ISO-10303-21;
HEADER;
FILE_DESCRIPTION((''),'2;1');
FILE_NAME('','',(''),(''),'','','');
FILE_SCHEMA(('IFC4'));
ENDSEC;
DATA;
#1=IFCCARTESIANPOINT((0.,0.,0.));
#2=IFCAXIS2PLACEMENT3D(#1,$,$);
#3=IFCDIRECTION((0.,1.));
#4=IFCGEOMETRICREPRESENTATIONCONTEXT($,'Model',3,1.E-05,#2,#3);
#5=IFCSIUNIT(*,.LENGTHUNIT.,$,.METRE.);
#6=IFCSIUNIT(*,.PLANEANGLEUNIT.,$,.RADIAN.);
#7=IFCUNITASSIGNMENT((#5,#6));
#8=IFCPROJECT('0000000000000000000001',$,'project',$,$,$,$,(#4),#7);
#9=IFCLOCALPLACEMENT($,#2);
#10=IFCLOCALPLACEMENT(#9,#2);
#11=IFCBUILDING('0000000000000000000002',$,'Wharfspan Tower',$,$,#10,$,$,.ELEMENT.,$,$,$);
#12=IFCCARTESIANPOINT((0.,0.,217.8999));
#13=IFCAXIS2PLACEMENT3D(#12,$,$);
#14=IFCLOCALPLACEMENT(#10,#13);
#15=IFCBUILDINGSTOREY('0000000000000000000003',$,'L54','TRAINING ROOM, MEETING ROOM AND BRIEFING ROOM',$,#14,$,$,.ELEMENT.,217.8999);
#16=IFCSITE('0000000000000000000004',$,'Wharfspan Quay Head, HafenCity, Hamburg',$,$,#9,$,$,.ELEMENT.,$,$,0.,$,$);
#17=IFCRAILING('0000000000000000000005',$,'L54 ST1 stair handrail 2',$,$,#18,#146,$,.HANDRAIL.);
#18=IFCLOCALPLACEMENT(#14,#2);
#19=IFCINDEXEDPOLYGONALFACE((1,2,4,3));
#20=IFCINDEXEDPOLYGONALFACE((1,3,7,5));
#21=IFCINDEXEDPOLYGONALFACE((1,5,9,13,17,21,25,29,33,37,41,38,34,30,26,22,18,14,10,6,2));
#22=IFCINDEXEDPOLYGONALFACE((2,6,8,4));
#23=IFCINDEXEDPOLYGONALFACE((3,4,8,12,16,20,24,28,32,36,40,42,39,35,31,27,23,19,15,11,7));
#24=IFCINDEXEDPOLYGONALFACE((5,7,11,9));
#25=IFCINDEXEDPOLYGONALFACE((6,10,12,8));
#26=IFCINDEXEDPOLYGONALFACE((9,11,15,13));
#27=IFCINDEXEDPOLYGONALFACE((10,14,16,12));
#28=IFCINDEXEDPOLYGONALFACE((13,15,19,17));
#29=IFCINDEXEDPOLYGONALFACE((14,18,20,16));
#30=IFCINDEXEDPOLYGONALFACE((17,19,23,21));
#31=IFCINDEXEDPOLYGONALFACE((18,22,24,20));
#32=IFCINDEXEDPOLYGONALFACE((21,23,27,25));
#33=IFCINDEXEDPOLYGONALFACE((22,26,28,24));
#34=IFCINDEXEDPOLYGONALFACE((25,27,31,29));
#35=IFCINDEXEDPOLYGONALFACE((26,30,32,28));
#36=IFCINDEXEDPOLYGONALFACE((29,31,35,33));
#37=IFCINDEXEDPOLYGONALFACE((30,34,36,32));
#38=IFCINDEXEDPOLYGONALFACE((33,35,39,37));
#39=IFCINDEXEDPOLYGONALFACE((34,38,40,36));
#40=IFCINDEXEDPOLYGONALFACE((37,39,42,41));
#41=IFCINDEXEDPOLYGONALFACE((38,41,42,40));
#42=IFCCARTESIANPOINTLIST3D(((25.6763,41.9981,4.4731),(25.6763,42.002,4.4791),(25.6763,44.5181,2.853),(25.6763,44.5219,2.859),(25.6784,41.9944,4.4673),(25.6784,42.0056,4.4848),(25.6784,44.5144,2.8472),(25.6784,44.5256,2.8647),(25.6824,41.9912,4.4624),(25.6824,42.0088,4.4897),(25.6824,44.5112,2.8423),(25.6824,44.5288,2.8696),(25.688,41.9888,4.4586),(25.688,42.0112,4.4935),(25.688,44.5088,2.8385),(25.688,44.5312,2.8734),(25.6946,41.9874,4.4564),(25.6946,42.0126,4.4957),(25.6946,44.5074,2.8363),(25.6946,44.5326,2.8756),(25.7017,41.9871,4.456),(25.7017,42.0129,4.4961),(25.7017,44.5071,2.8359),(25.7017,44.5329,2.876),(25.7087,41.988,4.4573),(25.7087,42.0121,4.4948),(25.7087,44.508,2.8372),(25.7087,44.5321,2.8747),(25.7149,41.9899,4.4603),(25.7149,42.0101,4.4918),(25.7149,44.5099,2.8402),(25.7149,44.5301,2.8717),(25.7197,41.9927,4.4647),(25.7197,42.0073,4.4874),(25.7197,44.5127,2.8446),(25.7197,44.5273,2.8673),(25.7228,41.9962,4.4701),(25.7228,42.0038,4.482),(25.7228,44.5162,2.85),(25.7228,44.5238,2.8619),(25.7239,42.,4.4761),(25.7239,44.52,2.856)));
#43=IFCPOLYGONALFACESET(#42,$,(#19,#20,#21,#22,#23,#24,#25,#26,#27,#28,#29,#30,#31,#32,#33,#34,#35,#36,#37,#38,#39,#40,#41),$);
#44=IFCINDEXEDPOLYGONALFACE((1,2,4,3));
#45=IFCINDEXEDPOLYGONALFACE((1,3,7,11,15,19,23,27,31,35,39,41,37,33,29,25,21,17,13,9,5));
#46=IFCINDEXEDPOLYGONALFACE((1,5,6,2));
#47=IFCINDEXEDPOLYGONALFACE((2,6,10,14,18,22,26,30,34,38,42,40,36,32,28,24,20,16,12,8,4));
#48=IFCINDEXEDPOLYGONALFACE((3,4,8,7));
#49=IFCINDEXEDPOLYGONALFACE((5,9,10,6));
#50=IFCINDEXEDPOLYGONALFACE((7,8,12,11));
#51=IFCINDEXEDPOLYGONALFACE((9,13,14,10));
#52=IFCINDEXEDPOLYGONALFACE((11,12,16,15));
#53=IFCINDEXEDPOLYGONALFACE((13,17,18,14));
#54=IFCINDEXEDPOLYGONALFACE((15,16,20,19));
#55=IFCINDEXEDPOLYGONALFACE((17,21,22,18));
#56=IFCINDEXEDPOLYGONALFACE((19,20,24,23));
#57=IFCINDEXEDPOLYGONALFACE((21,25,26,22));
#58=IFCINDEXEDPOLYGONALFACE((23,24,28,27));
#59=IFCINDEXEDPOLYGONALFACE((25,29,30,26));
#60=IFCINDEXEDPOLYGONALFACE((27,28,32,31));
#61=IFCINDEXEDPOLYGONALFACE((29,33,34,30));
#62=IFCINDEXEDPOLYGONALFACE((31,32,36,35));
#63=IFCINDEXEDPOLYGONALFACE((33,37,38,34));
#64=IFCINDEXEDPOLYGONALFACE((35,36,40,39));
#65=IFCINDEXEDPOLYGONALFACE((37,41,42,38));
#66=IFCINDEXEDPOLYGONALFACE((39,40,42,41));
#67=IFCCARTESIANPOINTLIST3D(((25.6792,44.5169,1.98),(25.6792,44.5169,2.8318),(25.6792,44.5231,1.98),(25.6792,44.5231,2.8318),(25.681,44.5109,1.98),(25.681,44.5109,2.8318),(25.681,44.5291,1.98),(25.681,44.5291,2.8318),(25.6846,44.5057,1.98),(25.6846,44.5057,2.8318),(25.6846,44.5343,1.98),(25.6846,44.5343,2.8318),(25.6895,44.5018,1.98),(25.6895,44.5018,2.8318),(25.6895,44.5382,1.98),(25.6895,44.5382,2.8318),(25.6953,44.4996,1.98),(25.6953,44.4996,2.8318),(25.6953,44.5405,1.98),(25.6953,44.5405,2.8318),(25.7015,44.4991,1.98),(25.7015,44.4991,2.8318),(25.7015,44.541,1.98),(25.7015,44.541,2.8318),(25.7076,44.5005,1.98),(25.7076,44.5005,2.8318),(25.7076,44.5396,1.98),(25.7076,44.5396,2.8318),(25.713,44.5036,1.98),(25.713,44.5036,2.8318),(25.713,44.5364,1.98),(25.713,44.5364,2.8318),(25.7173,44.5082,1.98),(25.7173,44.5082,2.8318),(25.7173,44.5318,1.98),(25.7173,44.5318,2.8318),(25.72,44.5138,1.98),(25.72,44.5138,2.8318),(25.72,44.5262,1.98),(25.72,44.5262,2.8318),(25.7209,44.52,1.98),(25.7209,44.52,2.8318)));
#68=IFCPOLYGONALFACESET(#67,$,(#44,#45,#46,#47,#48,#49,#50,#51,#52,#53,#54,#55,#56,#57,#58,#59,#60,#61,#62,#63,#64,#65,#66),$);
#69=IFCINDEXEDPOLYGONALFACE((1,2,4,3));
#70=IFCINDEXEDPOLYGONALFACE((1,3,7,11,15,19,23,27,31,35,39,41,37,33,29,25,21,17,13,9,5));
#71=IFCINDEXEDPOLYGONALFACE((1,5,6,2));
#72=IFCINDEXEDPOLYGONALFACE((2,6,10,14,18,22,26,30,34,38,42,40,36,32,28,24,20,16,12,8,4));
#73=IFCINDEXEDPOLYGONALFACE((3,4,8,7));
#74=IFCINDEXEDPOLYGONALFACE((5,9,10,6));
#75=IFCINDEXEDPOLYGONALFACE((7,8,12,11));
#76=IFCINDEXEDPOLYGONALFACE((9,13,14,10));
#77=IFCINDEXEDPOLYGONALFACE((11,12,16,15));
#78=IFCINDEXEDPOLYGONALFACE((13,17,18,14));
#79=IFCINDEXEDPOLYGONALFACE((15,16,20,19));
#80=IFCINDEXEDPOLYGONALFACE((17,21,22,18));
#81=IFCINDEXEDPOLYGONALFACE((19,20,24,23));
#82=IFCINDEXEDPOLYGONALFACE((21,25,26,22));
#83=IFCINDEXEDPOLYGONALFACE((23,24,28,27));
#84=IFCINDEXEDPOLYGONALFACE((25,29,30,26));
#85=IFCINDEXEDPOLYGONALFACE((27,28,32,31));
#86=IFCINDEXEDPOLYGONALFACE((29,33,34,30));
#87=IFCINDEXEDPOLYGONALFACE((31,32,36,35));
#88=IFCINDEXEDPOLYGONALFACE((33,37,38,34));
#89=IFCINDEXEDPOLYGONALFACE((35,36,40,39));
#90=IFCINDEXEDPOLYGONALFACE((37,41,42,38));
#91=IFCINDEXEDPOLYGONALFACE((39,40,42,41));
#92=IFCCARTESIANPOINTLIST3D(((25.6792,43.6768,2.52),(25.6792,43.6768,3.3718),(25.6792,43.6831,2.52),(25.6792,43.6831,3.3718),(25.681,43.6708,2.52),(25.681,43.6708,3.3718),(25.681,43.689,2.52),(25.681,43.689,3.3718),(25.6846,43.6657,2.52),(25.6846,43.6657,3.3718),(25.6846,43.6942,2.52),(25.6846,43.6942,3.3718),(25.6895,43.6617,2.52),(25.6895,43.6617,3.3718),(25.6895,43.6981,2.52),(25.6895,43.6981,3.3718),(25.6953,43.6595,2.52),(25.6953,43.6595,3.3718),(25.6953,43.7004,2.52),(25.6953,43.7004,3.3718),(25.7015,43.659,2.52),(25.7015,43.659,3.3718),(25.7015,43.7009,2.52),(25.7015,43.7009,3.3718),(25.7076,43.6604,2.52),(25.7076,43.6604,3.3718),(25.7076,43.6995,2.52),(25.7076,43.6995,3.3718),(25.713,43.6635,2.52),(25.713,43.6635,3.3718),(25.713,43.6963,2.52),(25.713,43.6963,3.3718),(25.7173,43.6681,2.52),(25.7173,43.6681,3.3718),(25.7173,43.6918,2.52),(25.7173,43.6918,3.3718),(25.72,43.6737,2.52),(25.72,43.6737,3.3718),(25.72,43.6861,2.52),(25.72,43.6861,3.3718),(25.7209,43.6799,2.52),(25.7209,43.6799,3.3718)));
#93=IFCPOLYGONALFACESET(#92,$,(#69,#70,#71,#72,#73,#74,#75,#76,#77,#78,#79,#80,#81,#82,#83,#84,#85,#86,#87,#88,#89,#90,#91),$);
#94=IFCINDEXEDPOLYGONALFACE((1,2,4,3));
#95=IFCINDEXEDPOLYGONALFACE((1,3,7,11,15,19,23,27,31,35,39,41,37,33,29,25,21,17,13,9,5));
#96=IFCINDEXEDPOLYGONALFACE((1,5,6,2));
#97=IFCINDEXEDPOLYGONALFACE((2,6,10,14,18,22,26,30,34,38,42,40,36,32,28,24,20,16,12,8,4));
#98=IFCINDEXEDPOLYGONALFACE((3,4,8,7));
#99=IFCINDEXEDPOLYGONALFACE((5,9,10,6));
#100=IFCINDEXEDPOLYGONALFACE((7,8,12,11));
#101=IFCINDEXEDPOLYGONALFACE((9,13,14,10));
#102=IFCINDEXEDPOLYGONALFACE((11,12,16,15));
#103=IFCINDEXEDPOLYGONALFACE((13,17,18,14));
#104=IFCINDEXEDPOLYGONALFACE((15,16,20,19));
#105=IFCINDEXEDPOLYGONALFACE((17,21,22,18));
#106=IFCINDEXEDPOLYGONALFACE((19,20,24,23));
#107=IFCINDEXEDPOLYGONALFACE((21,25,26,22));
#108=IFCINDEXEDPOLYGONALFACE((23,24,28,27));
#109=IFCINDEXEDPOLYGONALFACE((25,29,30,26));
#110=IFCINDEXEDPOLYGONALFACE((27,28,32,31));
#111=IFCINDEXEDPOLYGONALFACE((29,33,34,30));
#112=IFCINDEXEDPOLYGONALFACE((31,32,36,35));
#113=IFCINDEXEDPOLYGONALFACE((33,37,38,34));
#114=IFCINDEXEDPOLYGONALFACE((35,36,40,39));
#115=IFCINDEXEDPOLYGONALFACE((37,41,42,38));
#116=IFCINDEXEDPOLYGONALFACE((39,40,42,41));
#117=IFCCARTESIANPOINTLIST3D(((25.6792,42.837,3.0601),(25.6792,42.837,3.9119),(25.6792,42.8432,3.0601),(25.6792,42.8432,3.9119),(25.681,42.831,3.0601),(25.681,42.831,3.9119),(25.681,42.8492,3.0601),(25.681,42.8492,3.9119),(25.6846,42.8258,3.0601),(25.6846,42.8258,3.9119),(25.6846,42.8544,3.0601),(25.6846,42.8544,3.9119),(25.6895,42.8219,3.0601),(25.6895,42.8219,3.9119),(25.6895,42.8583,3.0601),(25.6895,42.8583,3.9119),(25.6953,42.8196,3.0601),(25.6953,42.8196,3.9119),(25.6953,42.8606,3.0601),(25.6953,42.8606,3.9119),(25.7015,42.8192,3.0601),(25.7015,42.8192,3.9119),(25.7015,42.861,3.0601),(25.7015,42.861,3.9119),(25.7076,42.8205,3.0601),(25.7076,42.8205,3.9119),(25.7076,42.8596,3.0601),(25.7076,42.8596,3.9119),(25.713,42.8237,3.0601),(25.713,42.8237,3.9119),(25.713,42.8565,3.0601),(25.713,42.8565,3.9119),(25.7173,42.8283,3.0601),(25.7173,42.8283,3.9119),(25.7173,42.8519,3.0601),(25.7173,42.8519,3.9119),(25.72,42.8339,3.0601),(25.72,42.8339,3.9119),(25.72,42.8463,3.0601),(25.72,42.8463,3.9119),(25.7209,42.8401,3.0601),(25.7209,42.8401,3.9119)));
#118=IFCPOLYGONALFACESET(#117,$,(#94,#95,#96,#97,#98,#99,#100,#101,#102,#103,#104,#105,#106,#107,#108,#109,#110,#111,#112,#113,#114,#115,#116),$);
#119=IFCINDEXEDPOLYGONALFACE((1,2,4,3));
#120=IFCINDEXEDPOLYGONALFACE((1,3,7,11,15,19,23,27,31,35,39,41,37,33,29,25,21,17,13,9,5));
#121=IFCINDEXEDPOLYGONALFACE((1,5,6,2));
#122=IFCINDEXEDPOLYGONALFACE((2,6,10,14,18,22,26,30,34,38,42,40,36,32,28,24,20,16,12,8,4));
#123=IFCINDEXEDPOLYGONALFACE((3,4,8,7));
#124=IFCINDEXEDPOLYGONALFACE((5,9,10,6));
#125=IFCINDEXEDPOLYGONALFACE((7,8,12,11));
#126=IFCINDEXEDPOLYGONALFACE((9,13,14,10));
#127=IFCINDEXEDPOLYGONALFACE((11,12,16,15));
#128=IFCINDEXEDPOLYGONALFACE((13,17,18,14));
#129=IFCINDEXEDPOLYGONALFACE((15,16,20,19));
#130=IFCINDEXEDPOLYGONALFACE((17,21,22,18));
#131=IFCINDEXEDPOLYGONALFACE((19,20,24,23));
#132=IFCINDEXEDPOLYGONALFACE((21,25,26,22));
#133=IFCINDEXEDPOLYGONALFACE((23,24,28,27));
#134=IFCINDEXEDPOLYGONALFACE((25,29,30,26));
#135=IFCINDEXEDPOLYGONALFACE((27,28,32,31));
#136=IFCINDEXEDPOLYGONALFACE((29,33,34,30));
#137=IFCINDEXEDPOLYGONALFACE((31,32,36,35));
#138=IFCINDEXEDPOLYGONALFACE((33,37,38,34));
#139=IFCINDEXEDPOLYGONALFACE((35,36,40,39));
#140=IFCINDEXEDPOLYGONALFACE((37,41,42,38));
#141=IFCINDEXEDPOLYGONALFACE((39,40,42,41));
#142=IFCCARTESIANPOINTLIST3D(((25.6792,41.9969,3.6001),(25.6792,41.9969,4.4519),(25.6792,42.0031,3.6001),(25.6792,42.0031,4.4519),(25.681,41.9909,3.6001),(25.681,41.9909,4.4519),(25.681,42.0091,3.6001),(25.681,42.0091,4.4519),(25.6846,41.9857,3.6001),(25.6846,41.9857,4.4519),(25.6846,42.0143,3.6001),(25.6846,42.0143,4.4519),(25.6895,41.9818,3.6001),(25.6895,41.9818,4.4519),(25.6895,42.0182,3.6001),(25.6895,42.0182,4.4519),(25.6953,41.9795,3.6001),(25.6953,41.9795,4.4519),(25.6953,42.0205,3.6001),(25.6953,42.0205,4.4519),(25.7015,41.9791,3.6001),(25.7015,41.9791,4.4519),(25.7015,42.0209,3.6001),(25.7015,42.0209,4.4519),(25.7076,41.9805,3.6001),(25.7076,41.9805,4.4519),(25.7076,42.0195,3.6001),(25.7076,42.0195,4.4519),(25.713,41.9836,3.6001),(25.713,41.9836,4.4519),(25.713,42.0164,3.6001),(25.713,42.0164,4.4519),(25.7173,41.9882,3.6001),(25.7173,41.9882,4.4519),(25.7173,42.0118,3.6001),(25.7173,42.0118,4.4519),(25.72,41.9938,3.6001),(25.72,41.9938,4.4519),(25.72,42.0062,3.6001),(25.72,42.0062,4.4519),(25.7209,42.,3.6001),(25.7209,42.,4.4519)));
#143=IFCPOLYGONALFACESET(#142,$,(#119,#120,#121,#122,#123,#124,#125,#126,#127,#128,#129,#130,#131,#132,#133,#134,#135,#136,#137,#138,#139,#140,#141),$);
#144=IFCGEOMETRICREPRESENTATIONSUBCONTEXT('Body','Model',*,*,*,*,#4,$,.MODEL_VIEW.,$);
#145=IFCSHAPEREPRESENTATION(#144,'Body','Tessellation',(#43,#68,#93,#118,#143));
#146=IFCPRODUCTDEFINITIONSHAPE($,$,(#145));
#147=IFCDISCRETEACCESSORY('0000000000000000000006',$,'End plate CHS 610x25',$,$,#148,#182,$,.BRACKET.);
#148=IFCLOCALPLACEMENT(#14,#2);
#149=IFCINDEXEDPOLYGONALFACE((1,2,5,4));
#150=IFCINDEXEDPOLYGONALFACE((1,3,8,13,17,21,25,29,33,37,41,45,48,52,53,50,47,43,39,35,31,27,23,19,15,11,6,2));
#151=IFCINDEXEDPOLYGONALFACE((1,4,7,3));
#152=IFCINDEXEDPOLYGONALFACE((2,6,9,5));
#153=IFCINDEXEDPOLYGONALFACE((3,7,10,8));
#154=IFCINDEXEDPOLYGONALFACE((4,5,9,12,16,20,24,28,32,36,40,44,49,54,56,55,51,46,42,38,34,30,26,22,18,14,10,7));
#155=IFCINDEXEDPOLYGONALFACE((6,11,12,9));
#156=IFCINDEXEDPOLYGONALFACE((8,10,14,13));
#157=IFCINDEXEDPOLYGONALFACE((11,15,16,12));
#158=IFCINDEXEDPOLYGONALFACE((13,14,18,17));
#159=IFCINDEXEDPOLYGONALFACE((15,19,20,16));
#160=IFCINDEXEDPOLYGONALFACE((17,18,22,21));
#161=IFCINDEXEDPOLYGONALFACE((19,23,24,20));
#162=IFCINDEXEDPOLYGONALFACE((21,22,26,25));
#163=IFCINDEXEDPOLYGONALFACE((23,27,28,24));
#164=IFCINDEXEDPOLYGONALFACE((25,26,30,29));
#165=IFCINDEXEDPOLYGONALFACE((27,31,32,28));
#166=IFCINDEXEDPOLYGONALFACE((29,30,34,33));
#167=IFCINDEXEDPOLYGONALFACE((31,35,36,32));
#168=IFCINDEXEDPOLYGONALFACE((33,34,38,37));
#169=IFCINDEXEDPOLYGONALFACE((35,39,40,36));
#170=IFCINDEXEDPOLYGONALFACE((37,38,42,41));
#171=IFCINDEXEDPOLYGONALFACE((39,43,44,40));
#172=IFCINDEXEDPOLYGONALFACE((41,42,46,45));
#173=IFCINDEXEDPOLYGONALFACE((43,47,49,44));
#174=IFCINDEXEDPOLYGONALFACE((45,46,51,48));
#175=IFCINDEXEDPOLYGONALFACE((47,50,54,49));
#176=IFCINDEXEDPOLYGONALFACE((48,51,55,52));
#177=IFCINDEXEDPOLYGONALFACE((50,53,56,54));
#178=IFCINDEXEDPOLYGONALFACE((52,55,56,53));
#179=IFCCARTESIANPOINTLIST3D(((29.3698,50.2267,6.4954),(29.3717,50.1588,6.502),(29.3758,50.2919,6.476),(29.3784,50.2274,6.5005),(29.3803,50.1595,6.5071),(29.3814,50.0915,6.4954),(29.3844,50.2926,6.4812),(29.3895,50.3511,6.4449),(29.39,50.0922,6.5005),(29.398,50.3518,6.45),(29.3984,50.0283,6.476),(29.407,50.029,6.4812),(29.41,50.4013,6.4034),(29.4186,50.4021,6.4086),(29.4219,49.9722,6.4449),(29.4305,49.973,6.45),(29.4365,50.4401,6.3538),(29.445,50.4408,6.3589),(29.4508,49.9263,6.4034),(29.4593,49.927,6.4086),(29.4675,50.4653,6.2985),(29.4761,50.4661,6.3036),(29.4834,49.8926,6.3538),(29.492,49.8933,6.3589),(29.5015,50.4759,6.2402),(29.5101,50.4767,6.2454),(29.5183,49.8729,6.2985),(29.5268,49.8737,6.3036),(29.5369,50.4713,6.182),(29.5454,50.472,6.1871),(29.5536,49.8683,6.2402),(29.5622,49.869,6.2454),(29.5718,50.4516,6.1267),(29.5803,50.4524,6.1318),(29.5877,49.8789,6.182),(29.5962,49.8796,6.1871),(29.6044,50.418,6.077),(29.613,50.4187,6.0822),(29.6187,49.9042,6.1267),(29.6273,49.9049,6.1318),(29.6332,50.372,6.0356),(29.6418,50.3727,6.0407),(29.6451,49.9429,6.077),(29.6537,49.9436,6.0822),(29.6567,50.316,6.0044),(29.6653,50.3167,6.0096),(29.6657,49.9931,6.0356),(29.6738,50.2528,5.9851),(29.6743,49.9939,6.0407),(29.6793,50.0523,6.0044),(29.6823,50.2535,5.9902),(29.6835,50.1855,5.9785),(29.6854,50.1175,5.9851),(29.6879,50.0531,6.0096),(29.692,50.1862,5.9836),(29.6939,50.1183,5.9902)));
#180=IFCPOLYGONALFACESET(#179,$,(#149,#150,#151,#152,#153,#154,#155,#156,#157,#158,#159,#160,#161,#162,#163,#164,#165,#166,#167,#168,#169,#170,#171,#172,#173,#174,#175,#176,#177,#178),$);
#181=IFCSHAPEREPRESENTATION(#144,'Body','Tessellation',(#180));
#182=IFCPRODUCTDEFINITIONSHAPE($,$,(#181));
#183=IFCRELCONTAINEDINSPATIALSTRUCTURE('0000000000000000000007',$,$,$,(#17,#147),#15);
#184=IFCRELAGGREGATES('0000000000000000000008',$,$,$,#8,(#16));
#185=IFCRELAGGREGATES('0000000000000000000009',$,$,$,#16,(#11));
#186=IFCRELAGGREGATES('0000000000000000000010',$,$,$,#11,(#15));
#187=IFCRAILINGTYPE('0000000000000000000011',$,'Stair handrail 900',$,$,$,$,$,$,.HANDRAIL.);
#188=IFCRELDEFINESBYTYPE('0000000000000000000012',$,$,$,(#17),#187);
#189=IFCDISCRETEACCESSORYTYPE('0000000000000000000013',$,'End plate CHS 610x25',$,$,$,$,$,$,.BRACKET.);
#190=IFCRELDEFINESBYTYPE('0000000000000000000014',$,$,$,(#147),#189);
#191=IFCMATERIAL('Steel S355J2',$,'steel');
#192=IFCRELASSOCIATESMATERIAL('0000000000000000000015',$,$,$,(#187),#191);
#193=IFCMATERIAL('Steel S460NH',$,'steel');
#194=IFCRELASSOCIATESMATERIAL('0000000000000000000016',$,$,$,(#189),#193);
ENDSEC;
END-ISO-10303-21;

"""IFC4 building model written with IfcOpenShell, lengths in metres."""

from ifc_helpers import new_model, si_unit, direction, frame, origin, origin_2d, place, context, subcontext, project, spatial, circle, extrude, material, material_profile, profile_set, type_object, element, save


model = new_model("IFC4")

# Units and contexts
model_context = context("Model", 3, precision=1e-05, world=origin(), true_north=direction((0.0, 1.0)))
body_context = subcontext(model_context, "Body", "Model", "MODEL_VIEW")
ifc_project = project(units=[si_unit("LENGTHUNIT", "METRE"), si_unit("PLANEANGLEUNIT", "RADIAN")], contexts=[model_context])

# Site, building, storey
site_placement = place(None, origin())
site = spatial("IfcSite", under=ifc_project, at=site_placement, Name="Wharfspan Quay Head, HafenCity, Hamburg", CompositionType="ELEMENT", RefElevation=0.0)
building_placement = place(site_placement, origin())
building = spatial("IfcBuilding", under=site, at=building_placement, Name="Wharfspan Tower", CompositionType="ELEMENT")
storey_placement = place(building_placement, frame((0.0, 0.0, 217.8999)))
storey = spatial("IfcBuildingStorey", under=building, at=storey_placement, Name="L54", Description="TRAINING ROOM, MEETING ROOM AND BRIEFING ROOM", CompositionType="ELEMENT", Elevation=217.8999)

# Shared definitions
ifc_material_1 = material(Name="Steel S355J2", Category="steel")

# Shared definitions
ifc_material_2 = material(Name="Steel S460NH", Category="steel")

# Railing
railing_type = type_object("IfcRailingType", Name="Stair handrail 900", PredefinedType="HANDRAIL", material=ifc_material_1)
railing_1_placement = place(storey_placement, frame((25.7, 44.52, 1.98)))
element("IfcRailing", 1, at=railing_1_placement, inside=storey, type_object=railing_type, Name="L54 ST1 stair handrail 2", PredefinedType="HANDRAIL", context=body_context, shape_type="SweptSolid", body=[
    extrude(circle(Radius=0.0239, at=origin_2d()), frame((0.0, 0.0, 0.876), z_axis=(0.0, -0.841163, 0.540782), x_axis=(1.0, 0.0, 0.0)), (0.0, 0.0, 1.0), 2.9958),
    extrude(circle(Radius=0.021, at=origin_2d()), origin(), (0.0, 0.0, 1.0), 0.8518),
    extrude(circle(Radius=0.021, at=origin_2d()), frame((0.0, -0.8401, 0.54)), (0.0, 0.0, 1.0), 0.8518),
    extrude(circle(Radius=0.021, at=origin_2d()), frame((0.0, -1.6799, 1.0801)), (0.0, 0.0, 1.0), 0.8518),
    extrude(circle(Radius=0.021, at=origin_2d()), frame((0.0, -2.52, 1.6201)), (0.0, 0.0, 1.0), 0.8518),
])

# Discrete accessory
ifc_material_profile_1 = material_profile(ifc_material_2, circle(Radius=0.3049, at=origin_2d()))
ifc_profile_set_1 = profile_set([ifc_material_profile_1], Name="Steel S460NH")
discrete_accessory_type = type_object("IfcDiscreteAccessoryType", Name="End plate CHS 610x25", PredefinedType="BRACKET", material=ifc_profile_set_1)
for number, where, z_axis, x_axis, name in (
    (2, (29.5276, 50.1721, 6.2402), (0.855186, 0.073302, 0.513112), (-0.085402, 0.996345, 0.000001), "End plate CHS 610x25"),
):
    element("IfcDiscreteAccessory", number, at=place(storey_placement, frame(where, z_axis=z_axis, x_axis=x_axis)), inside=storey, type_object=discrete_accessory_type, Name=name, PredefinedType="BRACKET", context=body_context, shape_type="SweptSolid", body=[
        extrude(circle(Radius=0.3049, at=origin_2d()), origin(), (0.0, 0.0, 1.0), 0.01),
    ])

save(model, "model.ifc")
